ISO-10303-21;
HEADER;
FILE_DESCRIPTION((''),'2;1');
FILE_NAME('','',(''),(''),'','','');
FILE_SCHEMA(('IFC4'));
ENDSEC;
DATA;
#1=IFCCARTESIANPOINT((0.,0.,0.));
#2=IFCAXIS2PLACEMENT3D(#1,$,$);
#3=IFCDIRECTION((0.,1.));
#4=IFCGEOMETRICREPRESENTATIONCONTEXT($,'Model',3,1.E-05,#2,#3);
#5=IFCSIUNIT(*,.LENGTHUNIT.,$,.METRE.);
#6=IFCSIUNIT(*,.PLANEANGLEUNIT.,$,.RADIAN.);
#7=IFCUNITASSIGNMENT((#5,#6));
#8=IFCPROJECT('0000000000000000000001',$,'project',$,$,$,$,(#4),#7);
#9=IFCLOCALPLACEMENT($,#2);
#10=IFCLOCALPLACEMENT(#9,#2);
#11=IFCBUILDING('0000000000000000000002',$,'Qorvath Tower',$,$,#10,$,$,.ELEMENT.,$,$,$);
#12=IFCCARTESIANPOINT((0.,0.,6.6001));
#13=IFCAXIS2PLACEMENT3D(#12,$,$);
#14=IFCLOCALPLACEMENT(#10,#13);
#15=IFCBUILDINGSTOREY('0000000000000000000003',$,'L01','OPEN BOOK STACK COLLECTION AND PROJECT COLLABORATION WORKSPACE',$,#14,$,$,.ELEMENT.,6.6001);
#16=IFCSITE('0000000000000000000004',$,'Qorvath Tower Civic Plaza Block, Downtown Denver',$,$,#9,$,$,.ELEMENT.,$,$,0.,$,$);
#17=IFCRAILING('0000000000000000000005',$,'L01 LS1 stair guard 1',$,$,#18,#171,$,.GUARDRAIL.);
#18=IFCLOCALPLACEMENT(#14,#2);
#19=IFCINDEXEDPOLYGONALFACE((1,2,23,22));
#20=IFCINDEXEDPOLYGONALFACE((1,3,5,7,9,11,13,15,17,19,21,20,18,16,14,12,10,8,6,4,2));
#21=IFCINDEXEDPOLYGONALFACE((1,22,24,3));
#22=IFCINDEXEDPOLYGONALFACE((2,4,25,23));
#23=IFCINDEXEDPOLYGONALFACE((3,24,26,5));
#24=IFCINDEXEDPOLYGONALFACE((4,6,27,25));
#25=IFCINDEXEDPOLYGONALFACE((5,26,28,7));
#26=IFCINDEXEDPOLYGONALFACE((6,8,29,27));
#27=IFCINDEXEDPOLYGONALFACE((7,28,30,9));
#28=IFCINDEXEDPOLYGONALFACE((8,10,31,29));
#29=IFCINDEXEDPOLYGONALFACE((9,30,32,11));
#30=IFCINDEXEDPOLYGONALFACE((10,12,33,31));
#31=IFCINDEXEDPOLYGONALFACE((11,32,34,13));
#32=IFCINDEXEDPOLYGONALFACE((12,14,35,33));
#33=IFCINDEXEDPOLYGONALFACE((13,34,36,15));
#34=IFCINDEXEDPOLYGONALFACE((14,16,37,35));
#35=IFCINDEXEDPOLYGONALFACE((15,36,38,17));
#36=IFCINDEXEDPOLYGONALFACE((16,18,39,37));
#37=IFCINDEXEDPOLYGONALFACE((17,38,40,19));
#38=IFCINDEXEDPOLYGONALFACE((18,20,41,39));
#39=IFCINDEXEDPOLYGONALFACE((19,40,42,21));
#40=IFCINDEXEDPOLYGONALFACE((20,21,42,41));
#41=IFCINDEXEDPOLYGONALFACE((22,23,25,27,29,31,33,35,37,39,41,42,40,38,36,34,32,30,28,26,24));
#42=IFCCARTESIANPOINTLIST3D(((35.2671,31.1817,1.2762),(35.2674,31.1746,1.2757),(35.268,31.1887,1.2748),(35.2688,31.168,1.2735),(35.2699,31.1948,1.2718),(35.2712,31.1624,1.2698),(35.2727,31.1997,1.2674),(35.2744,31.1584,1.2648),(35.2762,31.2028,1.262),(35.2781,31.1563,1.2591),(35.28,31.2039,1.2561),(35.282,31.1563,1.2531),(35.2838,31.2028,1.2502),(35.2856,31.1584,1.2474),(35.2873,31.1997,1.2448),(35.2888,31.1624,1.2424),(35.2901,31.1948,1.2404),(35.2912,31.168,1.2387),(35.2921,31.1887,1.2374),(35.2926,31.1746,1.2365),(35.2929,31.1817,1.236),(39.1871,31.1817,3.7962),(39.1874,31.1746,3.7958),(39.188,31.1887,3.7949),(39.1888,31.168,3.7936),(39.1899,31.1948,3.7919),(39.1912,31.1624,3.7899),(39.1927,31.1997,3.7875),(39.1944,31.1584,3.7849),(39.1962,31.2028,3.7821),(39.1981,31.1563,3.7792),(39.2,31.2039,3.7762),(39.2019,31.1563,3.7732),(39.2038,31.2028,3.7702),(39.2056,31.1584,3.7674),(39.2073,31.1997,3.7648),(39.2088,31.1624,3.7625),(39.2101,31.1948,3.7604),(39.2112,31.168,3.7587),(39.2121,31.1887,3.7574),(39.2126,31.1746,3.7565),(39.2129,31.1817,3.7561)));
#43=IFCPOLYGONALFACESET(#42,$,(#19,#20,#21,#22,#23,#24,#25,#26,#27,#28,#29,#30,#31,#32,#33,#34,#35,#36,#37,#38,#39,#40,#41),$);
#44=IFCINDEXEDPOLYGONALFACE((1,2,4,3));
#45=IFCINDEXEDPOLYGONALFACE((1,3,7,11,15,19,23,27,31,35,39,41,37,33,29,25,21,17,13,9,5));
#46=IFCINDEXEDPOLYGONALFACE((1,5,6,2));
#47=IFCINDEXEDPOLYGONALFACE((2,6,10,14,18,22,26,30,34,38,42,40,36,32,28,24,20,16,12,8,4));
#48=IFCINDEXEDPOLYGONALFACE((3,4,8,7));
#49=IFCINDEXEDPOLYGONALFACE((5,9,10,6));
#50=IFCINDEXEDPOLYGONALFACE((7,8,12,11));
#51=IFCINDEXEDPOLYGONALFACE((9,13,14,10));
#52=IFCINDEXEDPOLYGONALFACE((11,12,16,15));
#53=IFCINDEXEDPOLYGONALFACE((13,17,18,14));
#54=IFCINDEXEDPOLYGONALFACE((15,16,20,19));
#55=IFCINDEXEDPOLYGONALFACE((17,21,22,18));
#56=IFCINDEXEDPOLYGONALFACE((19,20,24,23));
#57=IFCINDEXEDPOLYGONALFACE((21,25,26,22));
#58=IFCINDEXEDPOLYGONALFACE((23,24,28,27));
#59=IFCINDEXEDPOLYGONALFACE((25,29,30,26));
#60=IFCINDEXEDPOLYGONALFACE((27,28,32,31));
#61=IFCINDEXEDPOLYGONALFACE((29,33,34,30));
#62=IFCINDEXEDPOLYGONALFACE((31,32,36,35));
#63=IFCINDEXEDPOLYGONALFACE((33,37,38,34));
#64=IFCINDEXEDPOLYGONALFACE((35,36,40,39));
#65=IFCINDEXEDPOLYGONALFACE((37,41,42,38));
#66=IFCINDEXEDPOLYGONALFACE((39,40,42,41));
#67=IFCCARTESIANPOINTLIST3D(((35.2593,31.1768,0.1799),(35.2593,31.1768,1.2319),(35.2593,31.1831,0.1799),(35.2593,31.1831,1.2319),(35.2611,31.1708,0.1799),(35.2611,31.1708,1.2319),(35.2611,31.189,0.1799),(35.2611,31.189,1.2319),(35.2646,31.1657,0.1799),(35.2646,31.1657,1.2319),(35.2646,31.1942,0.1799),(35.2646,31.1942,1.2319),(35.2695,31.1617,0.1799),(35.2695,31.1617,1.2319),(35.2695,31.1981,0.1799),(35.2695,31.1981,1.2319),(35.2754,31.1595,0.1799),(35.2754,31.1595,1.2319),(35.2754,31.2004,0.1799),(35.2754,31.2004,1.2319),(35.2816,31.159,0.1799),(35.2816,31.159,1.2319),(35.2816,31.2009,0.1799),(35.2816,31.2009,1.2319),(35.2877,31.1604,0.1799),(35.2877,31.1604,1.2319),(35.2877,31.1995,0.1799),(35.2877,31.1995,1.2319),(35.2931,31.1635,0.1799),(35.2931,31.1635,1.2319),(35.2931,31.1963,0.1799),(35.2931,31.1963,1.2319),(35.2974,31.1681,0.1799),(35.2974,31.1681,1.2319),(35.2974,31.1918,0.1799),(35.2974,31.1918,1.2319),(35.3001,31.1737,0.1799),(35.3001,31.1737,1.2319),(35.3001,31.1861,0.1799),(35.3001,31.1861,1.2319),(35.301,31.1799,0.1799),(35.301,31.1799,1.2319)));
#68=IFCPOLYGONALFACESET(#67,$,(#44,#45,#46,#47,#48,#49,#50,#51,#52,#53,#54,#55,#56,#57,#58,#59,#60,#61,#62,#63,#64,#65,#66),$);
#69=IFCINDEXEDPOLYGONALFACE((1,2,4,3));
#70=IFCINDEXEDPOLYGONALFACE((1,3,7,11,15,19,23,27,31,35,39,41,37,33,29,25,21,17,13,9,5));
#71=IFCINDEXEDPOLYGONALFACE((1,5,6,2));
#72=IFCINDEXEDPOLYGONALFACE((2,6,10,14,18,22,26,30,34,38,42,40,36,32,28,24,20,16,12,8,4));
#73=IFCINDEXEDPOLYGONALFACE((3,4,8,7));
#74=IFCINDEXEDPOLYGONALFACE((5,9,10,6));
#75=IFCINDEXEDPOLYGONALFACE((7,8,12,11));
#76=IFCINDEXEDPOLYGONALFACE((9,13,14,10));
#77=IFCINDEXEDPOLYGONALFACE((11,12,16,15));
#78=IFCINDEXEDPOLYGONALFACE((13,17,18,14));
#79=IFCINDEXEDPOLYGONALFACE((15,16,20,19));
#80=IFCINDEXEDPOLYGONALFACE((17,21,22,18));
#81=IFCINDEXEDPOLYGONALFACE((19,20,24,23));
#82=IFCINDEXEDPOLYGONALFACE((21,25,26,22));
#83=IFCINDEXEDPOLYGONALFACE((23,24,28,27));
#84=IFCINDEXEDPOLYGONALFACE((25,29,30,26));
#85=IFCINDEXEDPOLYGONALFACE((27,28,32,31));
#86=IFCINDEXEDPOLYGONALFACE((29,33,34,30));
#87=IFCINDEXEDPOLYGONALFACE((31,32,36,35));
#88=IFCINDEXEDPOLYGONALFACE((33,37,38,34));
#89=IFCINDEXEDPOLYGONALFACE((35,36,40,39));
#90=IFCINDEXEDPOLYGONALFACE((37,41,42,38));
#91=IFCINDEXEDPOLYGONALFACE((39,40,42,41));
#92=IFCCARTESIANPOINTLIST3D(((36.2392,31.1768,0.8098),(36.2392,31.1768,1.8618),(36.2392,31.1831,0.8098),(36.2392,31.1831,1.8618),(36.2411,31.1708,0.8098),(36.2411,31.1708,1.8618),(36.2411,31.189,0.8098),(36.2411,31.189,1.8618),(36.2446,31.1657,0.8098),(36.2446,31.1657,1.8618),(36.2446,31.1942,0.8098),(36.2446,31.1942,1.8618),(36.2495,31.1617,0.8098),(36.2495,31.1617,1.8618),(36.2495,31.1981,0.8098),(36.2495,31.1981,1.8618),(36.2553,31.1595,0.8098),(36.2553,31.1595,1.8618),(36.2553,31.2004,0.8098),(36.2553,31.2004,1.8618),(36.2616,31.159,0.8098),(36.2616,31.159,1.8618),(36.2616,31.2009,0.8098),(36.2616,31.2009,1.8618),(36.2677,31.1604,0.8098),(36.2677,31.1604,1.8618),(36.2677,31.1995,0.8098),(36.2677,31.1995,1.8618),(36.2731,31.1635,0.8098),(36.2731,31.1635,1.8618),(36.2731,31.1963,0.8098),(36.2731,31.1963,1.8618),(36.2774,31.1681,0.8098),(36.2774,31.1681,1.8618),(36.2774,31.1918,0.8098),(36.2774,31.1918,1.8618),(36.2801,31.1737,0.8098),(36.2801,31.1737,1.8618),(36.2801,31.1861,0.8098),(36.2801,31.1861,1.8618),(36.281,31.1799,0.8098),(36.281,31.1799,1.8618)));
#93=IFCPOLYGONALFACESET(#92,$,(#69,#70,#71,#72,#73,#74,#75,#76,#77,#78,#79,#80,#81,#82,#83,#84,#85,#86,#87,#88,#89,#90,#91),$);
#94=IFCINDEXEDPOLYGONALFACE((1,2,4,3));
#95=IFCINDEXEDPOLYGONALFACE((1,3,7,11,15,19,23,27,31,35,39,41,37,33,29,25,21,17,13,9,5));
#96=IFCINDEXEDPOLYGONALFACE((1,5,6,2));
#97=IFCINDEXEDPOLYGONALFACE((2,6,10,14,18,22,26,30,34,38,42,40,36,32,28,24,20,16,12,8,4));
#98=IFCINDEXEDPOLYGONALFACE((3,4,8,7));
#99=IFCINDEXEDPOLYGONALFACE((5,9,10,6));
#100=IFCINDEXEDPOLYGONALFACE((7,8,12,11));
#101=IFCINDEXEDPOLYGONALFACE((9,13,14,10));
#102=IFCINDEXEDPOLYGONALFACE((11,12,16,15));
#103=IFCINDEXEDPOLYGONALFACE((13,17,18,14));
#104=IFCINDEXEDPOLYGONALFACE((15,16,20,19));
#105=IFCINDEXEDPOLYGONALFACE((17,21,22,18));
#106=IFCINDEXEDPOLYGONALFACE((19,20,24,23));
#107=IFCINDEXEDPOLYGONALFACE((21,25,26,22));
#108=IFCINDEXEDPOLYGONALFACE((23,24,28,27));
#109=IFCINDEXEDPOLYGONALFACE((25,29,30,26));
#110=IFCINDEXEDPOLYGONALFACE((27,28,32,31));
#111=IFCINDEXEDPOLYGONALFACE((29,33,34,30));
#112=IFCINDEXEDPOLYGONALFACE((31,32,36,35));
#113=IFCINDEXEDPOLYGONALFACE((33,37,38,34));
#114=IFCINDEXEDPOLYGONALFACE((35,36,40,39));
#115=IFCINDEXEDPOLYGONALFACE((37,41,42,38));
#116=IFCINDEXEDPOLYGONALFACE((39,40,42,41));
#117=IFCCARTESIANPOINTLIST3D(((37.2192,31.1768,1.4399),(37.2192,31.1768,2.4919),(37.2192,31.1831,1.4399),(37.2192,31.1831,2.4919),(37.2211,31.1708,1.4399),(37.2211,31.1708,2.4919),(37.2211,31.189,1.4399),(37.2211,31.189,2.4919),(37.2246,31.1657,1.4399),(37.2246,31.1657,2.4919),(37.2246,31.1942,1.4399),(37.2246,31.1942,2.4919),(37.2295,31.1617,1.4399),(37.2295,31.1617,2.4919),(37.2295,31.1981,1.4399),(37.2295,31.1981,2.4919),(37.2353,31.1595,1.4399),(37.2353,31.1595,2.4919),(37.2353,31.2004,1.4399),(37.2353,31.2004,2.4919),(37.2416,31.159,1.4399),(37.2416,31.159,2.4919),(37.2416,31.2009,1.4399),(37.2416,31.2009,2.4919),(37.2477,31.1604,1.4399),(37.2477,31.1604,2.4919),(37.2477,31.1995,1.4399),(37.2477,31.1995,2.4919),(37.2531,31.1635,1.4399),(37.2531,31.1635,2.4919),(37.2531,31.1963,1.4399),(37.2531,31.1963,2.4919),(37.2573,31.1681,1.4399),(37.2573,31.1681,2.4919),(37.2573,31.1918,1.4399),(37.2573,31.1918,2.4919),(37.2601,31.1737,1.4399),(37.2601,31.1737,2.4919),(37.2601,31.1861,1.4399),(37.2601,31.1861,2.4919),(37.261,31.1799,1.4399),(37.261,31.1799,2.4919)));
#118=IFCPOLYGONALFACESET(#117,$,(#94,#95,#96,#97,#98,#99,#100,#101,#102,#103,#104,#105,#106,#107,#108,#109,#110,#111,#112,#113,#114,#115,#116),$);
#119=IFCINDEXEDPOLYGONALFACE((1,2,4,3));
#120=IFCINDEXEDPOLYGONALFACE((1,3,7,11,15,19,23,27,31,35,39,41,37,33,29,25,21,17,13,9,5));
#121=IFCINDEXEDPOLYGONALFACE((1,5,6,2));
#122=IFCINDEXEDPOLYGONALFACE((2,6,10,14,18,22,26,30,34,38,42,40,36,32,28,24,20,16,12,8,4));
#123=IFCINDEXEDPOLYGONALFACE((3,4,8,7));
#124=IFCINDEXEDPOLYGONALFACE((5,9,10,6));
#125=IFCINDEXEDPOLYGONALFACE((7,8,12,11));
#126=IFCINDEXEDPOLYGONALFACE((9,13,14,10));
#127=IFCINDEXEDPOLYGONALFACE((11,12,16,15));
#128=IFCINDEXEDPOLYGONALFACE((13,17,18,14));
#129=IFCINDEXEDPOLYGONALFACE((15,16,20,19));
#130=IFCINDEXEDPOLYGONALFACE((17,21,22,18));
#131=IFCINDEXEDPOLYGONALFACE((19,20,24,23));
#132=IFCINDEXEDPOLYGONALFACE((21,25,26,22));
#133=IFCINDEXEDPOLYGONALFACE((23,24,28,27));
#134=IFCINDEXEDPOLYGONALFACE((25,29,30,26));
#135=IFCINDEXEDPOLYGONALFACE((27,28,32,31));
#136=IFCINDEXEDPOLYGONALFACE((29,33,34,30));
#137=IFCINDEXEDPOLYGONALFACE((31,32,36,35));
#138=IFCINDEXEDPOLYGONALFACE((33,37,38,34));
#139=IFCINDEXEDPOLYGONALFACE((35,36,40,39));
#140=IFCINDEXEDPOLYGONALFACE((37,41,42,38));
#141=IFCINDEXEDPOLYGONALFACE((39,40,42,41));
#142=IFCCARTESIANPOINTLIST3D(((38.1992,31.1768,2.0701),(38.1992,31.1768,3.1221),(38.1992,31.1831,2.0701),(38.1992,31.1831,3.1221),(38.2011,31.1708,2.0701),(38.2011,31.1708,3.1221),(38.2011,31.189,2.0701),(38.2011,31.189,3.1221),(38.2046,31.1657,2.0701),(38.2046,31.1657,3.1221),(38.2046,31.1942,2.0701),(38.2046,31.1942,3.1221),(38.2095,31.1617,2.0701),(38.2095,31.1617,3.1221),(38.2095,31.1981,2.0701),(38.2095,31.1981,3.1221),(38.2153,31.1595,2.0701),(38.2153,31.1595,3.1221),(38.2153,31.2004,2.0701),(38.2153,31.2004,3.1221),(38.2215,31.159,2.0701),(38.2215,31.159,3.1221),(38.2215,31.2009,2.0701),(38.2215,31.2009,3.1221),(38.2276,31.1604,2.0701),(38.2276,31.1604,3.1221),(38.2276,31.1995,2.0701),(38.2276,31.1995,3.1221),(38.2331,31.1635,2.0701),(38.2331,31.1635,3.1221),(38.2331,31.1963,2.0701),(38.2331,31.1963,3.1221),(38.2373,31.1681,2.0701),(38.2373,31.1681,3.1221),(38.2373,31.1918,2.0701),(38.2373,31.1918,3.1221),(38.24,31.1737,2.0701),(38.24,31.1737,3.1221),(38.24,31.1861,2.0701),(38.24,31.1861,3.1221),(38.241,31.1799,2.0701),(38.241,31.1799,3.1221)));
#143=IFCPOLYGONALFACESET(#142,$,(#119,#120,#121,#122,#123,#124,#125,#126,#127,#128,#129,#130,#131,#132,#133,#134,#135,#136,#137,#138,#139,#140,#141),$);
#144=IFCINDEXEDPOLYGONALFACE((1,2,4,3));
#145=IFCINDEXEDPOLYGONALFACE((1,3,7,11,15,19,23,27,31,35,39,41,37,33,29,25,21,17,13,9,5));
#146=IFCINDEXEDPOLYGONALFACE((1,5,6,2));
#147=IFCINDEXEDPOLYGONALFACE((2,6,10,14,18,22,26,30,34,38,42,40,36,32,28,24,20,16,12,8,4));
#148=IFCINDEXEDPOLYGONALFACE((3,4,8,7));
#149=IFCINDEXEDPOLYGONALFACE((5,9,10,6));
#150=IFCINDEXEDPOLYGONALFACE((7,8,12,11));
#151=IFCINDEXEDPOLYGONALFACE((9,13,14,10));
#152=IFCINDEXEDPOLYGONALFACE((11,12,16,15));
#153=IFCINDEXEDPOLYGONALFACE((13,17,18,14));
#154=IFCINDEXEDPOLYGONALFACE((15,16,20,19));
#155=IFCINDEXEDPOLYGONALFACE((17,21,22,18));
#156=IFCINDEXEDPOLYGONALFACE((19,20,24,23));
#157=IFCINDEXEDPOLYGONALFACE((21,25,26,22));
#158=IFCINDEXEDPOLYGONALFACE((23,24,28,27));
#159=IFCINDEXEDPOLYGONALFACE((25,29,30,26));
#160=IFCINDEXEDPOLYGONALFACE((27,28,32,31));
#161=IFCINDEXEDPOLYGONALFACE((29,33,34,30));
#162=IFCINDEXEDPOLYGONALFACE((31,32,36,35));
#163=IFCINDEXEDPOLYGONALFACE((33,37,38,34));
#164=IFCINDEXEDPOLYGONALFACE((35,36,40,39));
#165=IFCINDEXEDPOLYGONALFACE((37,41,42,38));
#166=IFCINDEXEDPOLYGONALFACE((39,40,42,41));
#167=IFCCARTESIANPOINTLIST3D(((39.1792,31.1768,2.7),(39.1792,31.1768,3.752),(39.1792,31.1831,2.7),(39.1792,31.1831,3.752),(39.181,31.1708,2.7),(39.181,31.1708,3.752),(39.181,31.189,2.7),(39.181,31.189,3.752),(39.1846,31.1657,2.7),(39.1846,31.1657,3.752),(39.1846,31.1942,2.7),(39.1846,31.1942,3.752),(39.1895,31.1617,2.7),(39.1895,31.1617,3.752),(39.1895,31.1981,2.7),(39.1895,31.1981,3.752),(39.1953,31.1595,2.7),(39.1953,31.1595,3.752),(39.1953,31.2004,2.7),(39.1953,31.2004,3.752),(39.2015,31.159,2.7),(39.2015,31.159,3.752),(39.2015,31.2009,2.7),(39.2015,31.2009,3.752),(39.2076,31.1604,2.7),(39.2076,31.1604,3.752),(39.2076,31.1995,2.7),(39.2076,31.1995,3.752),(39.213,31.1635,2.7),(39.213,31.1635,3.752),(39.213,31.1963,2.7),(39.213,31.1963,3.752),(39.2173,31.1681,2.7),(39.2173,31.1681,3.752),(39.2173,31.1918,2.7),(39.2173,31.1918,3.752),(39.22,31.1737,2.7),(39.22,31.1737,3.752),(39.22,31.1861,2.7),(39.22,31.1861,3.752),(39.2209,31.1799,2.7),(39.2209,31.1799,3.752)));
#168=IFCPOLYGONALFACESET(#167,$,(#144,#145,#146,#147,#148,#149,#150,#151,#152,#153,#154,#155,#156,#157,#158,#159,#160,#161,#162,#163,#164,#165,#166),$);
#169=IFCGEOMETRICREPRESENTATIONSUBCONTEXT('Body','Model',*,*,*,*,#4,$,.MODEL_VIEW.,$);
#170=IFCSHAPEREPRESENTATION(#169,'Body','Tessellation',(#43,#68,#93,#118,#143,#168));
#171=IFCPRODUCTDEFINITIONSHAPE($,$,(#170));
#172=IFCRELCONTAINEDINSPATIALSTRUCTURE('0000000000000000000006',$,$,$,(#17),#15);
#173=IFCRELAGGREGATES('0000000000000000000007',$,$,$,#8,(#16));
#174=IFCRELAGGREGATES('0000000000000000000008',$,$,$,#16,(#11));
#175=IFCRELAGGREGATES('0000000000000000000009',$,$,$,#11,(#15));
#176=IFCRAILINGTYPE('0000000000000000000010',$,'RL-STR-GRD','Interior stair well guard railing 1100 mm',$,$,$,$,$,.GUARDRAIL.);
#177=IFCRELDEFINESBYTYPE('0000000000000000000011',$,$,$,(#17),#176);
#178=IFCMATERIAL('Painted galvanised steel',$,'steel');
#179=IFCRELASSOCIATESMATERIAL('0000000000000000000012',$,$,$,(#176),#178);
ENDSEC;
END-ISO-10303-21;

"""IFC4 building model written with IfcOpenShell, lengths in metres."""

from ifc_helpers import new_model, si_unit, direction, frame, origin, origin_2d, place, context, subcontext, project, spatial, circle, extrude, material, type_object, element, save


model = new_model("IFC4")

# Units and contexts
model_context = context("Model", 3, precision=1e-05, world=origin(), true_north=direction((0.0, 1.0)))
body_context = subcontext(model_context, "Body", "Model", "MODEL_VIEW")
ifc_project = project(units=[si_unit("LENGTHUNIT", "METRE"), si_unit("PLANEANGLEUNIT", "RADIAN")], contexts=[model_context])

# Site, building, storey
site_placement = place(None, origin())
site = spatial("IfcSite", under=ifc_project, at=site_placement, Name="Qorvath Tower Civic Plaza Block, Downtown Denver", CompositionType="ELEMENT", RefElevation=0.0)
building_placement = place(site_placement, origin())
building = spatial("IfcBuilding", under=site, at=building_placement, Name="Qorvath Tower", CompositionType="ELEMENT")
storey_placement = place(building_placement, frame((0.0, 0.0, 6.6001)))
storey = spatial("IfcBuildingStorey", under=building, at=storey_placement, Name="L01", Description="OPEN BOOK STACK COLLECTION AND PROJECT COLLABORATION WORKSPACE", CompositionType="ELEMENT", Elevation=6.6001)

# Railing
ifc_material_1 = material(Name="Painted galvanised steel", Category="steel")
railing_type_1 = type_object("IfcRailingType", Name="RL-STR-GRD", Description="Interior stair well guard railing 1100 mm", PredefinedType="GUARDRAIL", material=ifc_material_1)
railing_1_placement = place(storey_placement, frame((35.28, 31.1799, 0.1799)))
element("IfcRailing", 1, at=railing_1_placement, inside=storey, type_object=railing_type_1, Name="L01 LS1 stair guard 1", PredefinedType="GUARDRAIL", context=body_context, shape_type="SweptSolid", body=[
    extrude(circle(Radius=0.0239, at=origin_2d()), frame((0.0, 0.0, 1.0762), z_axis=(0.841172, 0.0, 0.540768), x_axis=(0.0, 1.0, 0.0)), (0.0, 0.0, 1.0), 4.6602),
    extrude(circle(Radius=0.021, at=origin_2d()), origin(), (0.0, 0.0, 1.0), 1.052),
    extrude(circle(Radius=0.021, at=origin_2d()), frame((0.98, 0.0, 0.6299)), (0.0, 0.0, 1.0), 1.052),
    extrude(circle(Radius=0.021, at=origin_2d()), frame((1.96, 0.0, 1.26)), (0.0, 0.0, 1.0), 1.052),
    extrude(circle(Radius=0.021, at=origin_2d()), frame((2.9399, 0.0, 1.8901)), (0.0, 0.0, 1.0), 1.052),
    extrude(circle(Radius=0.021, at=origin_2d()), frame((3.9199, 0.0, 2.52)), (0.0, 0.0, 1.0), 1.052),
])

save(model, "model.ifc")
